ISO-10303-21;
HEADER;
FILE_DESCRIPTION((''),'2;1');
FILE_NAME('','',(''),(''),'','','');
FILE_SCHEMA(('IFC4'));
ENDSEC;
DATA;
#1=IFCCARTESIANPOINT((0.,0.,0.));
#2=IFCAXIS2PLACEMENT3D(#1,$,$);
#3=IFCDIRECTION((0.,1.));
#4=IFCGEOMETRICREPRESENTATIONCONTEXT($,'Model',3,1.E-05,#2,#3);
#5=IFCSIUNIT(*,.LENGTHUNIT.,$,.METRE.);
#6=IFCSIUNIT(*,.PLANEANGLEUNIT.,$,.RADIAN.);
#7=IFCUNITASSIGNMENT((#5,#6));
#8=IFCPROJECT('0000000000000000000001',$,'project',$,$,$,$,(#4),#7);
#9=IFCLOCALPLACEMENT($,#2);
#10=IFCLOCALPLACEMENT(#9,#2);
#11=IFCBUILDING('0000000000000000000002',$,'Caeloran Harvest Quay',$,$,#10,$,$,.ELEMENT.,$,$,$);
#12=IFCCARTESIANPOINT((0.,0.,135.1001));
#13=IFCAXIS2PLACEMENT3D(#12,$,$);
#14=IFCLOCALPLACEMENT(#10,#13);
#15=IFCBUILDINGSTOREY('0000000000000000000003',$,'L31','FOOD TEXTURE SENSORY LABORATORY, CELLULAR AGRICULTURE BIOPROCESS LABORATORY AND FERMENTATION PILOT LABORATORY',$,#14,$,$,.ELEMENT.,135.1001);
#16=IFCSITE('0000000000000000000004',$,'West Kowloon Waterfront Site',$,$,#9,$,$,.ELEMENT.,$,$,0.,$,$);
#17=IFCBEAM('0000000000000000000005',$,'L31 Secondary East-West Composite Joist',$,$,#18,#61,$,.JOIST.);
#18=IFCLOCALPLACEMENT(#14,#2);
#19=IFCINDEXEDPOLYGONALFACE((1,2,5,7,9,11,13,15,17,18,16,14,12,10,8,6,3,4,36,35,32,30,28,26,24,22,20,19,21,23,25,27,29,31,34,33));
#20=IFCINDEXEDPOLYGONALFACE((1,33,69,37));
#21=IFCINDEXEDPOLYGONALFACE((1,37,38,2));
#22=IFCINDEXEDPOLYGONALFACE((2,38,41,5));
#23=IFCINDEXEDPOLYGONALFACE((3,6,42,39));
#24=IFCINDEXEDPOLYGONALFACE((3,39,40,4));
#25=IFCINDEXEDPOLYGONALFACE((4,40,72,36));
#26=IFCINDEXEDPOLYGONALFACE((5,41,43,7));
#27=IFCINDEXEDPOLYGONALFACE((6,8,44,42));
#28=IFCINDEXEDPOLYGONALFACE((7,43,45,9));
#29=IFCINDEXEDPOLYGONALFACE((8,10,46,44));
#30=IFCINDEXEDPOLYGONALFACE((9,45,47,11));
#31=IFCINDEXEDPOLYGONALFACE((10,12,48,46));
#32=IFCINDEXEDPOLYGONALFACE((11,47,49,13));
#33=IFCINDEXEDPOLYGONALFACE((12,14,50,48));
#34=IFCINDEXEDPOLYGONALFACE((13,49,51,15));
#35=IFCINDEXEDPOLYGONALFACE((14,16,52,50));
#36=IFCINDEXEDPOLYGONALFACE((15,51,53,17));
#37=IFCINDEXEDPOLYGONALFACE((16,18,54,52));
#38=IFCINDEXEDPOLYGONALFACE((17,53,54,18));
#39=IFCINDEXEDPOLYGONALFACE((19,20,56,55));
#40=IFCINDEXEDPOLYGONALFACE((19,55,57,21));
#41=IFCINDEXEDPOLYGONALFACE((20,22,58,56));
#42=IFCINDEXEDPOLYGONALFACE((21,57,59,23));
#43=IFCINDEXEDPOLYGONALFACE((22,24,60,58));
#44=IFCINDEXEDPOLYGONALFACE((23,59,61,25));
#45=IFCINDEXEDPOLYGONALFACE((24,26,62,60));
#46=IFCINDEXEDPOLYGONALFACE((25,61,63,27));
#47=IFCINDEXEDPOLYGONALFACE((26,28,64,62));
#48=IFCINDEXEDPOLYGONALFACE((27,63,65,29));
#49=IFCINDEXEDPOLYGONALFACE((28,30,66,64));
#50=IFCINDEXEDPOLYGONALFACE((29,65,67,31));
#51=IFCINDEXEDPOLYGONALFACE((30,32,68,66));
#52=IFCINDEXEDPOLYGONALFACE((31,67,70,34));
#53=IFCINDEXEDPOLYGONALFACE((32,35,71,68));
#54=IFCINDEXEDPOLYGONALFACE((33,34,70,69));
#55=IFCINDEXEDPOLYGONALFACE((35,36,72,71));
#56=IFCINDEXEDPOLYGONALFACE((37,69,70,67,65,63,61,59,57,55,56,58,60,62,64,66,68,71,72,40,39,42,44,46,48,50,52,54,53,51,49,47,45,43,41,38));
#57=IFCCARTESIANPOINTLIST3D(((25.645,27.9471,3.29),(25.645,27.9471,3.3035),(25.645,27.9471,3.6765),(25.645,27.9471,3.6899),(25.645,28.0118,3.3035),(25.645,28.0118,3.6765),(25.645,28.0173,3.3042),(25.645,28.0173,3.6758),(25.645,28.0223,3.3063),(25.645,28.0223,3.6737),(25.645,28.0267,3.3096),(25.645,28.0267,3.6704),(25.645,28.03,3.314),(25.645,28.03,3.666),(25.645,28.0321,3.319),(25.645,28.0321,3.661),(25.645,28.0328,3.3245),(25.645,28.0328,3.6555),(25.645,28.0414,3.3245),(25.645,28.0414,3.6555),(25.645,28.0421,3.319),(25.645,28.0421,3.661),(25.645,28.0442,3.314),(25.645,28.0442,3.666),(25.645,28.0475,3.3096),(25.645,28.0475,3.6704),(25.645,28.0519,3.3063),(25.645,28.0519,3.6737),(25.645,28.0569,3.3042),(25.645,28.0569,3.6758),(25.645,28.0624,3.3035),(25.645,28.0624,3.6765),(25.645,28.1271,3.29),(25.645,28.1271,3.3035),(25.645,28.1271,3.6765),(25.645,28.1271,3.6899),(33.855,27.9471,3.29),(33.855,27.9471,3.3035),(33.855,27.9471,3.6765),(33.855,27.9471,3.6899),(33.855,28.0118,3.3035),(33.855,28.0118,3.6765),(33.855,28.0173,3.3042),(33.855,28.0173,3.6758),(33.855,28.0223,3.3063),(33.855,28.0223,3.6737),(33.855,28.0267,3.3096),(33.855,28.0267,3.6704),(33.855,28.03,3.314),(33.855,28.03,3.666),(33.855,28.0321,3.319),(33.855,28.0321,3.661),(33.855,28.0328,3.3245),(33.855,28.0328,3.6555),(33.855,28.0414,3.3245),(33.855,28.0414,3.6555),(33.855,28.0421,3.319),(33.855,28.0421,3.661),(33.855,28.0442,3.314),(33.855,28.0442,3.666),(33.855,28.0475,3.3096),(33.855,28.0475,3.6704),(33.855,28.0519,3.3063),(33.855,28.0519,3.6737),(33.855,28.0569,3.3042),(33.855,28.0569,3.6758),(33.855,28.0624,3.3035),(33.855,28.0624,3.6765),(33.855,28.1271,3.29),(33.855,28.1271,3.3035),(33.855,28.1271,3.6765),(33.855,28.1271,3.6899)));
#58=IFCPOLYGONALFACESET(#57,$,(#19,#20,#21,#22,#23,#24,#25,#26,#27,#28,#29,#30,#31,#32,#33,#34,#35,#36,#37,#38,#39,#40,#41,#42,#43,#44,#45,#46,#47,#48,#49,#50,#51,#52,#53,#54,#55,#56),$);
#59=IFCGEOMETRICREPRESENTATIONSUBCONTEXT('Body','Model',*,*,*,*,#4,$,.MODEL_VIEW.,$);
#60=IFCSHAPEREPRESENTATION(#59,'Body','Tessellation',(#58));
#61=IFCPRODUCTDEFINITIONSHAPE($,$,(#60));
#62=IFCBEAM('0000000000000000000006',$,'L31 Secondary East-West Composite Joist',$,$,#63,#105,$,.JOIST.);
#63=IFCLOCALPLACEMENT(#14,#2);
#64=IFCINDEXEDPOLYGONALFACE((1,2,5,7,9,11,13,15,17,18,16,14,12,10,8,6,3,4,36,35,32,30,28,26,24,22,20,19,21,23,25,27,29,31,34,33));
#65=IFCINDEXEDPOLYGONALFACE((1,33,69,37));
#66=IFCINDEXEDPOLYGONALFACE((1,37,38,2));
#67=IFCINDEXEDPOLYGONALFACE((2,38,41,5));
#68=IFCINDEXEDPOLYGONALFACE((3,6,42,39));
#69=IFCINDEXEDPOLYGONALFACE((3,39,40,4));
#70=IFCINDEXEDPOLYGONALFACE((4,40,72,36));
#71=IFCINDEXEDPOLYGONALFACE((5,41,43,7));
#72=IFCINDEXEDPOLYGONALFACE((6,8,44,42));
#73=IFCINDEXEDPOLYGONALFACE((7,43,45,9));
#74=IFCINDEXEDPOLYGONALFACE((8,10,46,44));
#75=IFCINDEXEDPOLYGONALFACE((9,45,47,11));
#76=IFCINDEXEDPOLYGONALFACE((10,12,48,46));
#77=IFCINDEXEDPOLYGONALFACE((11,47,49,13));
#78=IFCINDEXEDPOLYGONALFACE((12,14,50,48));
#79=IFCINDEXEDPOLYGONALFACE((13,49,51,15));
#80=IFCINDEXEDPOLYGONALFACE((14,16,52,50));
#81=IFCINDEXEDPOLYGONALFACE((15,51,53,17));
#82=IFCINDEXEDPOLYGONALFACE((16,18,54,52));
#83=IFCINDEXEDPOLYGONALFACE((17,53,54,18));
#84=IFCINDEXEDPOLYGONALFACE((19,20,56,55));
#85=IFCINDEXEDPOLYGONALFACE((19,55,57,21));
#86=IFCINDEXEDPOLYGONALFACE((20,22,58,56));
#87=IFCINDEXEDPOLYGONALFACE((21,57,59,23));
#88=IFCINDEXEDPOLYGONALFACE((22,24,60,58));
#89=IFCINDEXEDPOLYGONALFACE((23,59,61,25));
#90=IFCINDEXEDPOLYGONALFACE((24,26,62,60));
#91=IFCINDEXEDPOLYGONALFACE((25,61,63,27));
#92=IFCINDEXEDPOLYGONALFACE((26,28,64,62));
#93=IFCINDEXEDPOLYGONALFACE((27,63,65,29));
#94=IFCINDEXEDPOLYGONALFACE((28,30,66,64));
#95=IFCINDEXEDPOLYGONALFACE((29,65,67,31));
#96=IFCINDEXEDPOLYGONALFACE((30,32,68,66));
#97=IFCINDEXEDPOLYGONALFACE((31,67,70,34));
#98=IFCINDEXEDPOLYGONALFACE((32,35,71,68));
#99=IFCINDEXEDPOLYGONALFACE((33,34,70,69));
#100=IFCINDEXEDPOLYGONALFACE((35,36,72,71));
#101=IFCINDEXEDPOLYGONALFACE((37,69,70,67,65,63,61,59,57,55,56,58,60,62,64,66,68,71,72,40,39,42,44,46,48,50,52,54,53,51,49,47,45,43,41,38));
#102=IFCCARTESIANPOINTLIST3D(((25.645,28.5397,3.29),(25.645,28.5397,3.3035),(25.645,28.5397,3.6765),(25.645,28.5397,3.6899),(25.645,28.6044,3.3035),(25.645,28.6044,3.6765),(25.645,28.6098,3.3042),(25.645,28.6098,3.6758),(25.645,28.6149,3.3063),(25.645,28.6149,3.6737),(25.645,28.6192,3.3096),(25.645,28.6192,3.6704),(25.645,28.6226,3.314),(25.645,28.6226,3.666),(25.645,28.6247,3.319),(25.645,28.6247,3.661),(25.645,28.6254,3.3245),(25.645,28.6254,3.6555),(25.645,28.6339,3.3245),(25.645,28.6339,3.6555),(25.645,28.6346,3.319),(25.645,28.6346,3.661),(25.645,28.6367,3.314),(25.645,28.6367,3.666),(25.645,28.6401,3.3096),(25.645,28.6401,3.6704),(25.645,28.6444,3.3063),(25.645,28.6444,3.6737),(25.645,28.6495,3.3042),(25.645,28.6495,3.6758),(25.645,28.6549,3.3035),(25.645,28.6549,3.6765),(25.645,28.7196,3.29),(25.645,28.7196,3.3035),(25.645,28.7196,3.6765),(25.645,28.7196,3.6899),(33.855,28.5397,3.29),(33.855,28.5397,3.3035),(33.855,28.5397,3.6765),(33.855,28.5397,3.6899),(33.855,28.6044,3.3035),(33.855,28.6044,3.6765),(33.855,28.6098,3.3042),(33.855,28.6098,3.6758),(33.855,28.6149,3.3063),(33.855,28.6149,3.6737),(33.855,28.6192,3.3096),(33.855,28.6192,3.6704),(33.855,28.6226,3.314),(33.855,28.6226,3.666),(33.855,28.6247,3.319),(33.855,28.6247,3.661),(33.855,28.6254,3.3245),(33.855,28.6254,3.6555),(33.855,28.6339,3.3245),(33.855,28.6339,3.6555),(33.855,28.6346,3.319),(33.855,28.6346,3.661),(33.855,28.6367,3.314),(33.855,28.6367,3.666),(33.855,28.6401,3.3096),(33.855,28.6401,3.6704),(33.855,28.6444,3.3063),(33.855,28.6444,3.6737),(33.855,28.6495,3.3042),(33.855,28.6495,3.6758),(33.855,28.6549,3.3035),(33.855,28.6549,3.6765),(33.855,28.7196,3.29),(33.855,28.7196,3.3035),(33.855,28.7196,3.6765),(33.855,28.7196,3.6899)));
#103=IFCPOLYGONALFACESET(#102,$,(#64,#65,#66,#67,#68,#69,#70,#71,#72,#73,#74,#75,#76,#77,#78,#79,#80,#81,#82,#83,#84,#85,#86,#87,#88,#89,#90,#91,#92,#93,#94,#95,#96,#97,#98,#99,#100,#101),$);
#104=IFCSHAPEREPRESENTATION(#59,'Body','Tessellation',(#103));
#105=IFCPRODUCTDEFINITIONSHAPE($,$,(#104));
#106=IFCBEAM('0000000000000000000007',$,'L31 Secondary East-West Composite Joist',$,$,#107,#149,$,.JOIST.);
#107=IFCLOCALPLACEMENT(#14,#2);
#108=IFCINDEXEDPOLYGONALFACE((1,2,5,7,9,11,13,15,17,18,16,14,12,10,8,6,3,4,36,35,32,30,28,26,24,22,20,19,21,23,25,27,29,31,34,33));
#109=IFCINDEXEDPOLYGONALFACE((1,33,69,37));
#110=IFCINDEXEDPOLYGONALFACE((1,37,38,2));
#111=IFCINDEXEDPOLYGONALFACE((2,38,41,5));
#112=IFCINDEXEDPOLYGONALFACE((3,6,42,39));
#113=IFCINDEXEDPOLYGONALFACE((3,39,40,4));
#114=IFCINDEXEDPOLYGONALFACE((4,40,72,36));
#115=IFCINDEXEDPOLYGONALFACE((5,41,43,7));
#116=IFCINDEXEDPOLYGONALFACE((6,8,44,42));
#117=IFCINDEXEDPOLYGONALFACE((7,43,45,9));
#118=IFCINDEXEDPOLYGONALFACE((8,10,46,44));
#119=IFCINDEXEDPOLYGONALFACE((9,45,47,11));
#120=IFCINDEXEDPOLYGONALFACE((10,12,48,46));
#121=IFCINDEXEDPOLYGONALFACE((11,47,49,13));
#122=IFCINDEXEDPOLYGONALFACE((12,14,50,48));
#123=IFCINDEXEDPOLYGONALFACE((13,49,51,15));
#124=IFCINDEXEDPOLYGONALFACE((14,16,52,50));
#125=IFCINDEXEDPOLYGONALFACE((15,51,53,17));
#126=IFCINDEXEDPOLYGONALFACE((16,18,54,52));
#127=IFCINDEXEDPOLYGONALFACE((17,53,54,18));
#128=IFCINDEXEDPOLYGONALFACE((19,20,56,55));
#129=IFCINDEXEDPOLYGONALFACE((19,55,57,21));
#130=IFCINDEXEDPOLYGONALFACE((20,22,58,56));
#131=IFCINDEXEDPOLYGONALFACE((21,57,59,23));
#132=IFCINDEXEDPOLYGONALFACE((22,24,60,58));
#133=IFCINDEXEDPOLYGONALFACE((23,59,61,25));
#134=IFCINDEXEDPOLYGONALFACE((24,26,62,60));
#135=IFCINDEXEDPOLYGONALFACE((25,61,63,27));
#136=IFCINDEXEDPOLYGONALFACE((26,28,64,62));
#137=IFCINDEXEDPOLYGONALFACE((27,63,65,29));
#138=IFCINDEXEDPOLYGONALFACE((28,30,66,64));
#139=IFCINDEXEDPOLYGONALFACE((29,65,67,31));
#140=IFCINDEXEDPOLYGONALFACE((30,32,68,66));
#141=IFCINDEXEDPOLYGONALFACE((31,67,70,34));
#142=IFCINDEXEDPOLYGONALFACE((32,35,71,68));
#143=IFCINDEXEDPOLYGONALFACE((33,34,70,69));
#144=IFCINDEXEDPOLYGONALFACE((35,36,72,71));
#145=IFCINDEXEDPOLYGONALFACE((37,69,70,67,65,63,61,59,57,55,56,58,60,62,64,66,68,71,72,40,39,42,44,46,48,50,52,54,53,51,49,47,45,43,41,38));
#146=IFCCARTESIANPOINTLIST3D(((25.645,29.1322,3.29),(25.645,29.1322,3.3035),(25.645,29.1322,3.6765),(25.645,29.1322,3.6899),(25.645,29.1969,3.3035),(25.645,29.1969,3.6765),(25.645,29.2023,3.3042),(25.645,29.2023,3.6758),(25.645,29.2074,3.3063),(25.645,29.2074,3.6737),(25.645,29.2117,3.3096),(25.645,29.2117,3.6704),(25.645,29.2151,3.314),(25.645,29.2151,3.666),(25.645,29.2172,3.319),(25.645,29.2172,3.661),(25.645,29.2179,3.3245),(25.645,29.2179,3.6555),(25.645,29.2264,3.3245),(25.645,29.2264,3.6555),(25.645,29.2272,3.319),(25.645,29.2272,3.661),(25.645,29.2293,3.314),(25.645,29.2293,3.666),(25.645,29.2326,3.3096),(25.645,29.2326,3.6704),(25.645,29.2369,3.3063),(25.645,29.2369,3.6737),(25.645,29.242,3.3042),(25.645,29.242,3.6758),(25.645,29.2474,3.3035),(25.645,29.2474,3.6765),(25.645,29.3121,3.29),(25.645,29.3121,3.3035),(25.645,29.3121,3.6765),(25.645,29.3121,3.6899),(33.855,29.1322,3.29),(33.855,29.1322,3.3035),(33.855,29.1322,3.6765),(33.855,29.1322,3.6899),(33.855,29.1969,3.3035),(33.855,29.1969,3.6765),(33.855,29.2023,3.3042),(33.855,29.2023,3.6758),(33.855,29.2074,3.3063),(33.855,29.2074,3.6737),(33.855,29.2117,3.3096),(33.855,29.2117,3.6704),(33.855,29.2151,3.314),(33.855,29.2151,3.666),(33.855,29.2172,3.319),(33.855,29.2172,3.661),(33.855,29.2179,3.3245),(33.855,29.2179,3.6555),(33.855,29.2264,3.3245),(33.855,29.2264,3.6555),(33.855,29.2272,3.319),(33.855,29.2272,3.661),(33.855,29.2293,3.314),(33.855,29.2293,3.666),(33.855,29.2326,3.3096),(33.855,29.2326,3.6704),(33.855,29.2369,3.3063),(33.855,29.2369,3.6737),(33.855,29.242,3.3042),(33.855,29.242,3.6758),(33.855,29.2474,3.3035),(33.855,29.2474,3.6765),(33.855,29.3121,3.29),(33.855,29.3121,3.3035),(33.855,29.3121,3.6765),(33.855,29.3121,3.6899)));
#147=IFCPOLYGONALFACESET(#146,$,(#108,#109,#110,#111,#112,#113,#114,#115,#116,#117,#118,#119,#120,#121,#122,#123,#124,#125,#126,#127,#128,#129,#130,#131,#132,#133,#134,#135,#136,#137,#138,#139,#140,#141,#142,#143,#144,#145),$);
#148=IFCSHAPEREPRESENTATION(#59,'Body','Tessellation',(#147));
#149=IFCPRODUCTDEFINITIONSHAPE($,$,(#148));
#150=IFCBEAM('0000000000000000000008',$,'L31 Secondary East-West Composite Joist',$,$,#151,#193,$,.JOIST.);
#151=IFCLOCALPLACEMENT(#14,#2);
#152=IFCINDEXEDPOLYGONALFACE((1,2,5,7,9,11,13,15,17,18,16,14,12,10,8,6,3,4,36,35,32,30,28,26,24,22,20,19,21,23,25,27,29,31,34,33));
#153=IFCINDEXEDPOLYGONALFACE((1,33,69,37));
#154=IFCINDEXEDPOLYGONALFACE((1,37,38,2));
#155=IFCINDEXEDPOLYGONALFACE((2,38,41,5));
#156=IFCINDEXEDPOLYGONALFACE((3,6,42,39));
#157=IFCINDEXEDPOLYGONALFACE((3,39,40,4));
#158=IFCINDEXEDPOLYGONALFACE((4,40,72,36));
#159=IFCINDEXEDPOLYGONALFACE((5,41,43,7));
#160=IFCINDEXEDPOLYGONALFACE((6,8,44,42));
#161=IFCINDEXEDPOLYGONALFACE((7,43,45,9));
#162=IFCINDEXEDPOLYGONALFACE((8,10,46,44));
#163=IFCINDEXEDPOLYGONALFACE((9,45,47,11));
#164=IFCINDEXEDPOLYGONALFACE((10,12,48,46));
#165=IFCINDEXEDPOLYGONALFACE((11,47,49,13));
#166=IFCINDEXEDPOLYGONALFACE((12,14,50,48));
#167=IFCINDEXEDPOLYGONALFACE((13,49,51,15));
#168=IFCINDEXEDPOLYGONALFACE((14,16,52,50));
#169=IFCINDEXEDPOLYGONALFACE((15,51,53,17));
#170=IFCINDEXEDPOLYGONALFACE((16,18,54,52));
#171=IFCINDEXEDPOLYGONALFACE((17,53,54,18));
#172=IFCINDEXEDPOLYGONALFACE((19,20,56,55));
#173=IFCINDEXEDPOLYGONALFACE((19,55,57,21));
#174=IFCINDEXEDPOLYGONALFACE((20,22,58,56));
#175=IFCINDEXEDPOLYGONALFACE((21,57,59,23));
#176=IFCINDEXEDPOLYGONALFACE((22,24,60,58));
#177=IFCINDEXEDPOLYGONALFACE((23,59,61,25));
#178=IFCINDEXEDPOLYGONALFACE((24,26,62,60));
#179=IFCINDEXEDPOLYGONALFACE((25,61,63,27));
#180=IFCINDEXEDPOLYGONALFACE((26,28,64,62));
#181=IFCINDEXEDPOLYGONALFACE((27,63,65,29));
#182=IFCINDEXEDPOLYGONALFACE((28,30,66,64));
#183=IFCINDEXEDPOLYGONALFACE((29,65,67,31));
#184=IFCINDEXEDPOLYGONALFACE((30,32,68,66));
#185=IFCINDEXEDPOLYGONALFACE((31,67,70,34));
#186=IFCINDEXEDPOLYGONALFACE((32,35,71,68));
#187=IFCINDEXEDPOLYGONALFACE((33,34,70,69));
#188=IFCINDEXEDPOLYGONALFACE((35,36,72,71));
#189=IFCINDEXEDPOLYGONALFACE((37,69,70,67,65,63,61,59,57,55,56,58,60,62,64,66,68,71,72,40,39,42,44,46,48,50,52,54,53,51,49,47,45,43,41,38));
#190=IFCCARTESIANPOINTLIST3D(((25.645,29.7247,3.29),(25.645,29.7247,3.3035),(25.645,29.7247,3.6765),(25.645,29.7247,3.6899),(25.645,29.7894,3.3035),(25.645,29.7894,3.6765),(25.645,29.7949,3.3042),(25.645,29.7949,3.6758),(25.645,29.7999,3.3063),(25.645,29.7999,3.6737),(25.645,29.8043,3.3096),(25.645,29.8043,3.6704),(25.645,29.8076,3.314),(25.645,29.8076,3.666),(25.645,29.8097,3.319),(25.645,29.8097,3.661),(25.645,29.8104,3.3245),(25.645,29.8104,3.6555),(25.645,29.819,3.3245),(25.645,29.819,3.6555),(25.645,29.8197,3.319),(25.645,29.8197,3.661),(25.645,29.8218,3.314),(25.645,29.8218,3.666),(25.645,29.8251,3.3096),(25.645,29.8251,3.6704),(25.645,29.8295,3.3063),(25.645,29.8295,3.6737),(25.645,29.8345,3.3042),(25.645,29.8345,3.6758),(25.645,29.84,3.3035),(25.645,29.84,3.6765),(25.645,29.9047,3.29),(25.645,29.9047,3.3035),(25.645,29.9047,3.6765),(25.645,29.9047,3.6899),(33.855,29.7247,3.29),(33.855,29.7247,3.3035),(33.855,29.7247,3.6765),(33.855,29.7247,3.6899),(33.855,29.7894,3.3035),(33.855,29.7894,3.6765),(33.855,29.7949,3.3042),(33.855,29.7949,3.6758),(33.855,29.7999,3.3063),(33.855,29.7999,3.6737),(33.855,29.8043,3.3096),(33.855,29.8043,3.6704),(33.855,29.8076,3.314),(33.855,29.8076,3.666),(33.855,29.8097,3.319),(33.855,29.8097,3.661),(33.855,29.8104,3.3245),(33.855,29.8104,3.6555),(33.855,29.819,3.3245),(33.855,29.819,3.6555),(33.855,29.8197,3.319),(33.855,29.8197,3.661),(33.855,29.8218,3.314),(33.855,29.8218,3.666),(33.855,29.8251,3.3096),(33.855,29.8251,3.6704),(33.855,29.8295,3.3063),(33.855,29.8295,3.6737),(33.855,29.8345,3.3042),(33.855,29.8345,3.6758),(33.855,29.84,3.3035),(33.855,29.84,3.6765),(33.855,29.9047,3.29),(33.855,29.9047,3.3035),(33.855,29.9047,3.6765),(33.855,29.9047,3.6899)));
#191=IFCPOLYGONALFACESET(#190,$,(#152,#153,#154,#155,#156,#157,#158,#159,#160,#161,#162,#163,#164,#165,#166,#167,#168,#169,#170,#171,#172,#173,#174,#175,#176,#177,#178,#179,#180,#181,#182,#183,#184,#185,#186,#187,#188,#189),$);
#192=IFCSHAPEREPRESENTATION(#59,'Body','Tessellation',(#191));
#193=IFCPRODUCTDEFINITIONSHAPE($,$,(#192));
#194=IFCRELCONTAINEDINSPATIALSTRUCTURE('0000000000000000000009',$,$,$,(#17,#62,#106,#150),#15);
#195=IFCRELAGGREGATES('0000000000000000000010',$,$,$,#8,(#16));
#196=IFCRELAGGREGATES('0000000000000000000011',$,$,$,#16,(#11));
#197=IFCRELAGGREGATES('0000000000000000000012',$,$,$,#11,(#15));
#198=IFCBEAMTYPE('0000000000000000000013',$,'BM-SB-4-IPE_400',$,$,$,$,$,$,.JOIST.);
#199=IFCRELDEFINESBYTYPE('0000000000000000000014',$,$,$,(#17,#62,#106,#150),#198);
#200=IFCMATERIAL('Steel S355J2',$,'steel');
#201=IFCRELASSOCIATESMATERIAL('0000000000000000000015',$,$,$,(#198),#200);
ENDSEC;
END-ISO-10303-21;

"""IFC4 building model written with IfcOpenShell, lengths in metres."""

from ifc_helpers import new_model, si_unit, direction, frame, origin, origin_2d, place, context, subcontext, project, spatial, i_section, extrude, material, material_profile, profile_set, type_object, element, save


model = new_model("IFC4")

# Units and contexts
model_context = context("Model", 3, precision=1e-05, world=origin(), true_north=direction((0.0, 1.0)))
body_context = subcontext(model_context, "Body", "Model", "MODEL_VIEW")
ifc_project = project(units=[si_unit("LENGTHUNIT", "METRE"), si_unit("PLANEANGLEUNIT", "RADIAN")], contexts=[model_context])

# Site, building, storey
site_placement = place(None, origin())
site = spatial("IfcSite", under=ifc_project, at=site_placement, Name="West Kowloon Waterfront Site", CompositionType="ELEMENT", RefElevation=0.0)
building_placement = place(site_placement, origin())
building = spatial("IfcBuilding", under=site, at=building_placement, Name="Caeloran Harvest Quay", CompositionType="ELEMENT")
storey_placement = place(building_placement, frame((0.0, 0.0, 135.1001)))
storey = spatial("IfcBuildingStorey", under=building, at=storey_placement, Name="L31", Description="FOOD TEXTURE SENSORY LABORATORY, CELLULAR AGRICULTURE BIOPROCESS LABORATORY AND FERMENTATION PILOT LABORATORY", CompositionType="ELEMENT", Elevation=135.1001)

# Beams
ifc_material = material(Name="Steel S355J2", Category="steel")
ifc_material_profile_1 = material_profile(ifc_material, i_section(OverallWidth=0.1799, OverallDepth=0.3999, WebThickness=0.0085, FlangeThickness=0.0134, FilletRadius=0.021, at=origin_2d()), Name="IPE 400")
ifc_profile_set_1 = profile_set([ifc_material_profile_1], Name="Steel S355J2")
beam_type_1 = type_object("IfcBeamType", Name="BM-SB-4-IPE_400", PredefinedType="JOIST", material=ifc_profile_set_1)
for number, where, z_axis, x_axis, name in (
    (1, (25.645, 28.0371, 3.49), (1.0, 0.0, 0.0), (0.0, 1.0, 0.0), "L31 Secondary East-West Composite Joist"),
    (2, (25.645, 28.6296, 3.49), (1.0, 0.0, 0.0), (0.0, 1.0, 0.0), "L31 Secondary East-West Composite Joist"),
    (3, (25.645, 29.2222, 3.49), (1.0, 0.0, 0.0), (0.0, 1.0, 0.0), "L31 Secondary East-West Composite Joist"),
    (4, (25.645, 29.8147, 3.49), (1.0, 0.0, 0.0), (0.0, 1.0, 0.0), "L31 Secondary East-West Composite Joist"),
):
    element("IfcBeam", number, at=place(storey_placement, frame(where, z_axis=z_axis, x_axis=x_axis)), inside=storey, type_object=beam_type_1, Name=name, PredefinedType="JOIST", context=body_context, shape_type="SweptSolid", body=[
        extrude(i_section(OverallWidth=0.1799, OverallDepth=0.3999, WebThickness=0.0085, FlangeThickness=0.0134, FilletRadius=0.021, at=origin_2d()), origin(), (0.0, 0.0, 1.0), 8.21),
    ])

save(model, "model.ifc")
